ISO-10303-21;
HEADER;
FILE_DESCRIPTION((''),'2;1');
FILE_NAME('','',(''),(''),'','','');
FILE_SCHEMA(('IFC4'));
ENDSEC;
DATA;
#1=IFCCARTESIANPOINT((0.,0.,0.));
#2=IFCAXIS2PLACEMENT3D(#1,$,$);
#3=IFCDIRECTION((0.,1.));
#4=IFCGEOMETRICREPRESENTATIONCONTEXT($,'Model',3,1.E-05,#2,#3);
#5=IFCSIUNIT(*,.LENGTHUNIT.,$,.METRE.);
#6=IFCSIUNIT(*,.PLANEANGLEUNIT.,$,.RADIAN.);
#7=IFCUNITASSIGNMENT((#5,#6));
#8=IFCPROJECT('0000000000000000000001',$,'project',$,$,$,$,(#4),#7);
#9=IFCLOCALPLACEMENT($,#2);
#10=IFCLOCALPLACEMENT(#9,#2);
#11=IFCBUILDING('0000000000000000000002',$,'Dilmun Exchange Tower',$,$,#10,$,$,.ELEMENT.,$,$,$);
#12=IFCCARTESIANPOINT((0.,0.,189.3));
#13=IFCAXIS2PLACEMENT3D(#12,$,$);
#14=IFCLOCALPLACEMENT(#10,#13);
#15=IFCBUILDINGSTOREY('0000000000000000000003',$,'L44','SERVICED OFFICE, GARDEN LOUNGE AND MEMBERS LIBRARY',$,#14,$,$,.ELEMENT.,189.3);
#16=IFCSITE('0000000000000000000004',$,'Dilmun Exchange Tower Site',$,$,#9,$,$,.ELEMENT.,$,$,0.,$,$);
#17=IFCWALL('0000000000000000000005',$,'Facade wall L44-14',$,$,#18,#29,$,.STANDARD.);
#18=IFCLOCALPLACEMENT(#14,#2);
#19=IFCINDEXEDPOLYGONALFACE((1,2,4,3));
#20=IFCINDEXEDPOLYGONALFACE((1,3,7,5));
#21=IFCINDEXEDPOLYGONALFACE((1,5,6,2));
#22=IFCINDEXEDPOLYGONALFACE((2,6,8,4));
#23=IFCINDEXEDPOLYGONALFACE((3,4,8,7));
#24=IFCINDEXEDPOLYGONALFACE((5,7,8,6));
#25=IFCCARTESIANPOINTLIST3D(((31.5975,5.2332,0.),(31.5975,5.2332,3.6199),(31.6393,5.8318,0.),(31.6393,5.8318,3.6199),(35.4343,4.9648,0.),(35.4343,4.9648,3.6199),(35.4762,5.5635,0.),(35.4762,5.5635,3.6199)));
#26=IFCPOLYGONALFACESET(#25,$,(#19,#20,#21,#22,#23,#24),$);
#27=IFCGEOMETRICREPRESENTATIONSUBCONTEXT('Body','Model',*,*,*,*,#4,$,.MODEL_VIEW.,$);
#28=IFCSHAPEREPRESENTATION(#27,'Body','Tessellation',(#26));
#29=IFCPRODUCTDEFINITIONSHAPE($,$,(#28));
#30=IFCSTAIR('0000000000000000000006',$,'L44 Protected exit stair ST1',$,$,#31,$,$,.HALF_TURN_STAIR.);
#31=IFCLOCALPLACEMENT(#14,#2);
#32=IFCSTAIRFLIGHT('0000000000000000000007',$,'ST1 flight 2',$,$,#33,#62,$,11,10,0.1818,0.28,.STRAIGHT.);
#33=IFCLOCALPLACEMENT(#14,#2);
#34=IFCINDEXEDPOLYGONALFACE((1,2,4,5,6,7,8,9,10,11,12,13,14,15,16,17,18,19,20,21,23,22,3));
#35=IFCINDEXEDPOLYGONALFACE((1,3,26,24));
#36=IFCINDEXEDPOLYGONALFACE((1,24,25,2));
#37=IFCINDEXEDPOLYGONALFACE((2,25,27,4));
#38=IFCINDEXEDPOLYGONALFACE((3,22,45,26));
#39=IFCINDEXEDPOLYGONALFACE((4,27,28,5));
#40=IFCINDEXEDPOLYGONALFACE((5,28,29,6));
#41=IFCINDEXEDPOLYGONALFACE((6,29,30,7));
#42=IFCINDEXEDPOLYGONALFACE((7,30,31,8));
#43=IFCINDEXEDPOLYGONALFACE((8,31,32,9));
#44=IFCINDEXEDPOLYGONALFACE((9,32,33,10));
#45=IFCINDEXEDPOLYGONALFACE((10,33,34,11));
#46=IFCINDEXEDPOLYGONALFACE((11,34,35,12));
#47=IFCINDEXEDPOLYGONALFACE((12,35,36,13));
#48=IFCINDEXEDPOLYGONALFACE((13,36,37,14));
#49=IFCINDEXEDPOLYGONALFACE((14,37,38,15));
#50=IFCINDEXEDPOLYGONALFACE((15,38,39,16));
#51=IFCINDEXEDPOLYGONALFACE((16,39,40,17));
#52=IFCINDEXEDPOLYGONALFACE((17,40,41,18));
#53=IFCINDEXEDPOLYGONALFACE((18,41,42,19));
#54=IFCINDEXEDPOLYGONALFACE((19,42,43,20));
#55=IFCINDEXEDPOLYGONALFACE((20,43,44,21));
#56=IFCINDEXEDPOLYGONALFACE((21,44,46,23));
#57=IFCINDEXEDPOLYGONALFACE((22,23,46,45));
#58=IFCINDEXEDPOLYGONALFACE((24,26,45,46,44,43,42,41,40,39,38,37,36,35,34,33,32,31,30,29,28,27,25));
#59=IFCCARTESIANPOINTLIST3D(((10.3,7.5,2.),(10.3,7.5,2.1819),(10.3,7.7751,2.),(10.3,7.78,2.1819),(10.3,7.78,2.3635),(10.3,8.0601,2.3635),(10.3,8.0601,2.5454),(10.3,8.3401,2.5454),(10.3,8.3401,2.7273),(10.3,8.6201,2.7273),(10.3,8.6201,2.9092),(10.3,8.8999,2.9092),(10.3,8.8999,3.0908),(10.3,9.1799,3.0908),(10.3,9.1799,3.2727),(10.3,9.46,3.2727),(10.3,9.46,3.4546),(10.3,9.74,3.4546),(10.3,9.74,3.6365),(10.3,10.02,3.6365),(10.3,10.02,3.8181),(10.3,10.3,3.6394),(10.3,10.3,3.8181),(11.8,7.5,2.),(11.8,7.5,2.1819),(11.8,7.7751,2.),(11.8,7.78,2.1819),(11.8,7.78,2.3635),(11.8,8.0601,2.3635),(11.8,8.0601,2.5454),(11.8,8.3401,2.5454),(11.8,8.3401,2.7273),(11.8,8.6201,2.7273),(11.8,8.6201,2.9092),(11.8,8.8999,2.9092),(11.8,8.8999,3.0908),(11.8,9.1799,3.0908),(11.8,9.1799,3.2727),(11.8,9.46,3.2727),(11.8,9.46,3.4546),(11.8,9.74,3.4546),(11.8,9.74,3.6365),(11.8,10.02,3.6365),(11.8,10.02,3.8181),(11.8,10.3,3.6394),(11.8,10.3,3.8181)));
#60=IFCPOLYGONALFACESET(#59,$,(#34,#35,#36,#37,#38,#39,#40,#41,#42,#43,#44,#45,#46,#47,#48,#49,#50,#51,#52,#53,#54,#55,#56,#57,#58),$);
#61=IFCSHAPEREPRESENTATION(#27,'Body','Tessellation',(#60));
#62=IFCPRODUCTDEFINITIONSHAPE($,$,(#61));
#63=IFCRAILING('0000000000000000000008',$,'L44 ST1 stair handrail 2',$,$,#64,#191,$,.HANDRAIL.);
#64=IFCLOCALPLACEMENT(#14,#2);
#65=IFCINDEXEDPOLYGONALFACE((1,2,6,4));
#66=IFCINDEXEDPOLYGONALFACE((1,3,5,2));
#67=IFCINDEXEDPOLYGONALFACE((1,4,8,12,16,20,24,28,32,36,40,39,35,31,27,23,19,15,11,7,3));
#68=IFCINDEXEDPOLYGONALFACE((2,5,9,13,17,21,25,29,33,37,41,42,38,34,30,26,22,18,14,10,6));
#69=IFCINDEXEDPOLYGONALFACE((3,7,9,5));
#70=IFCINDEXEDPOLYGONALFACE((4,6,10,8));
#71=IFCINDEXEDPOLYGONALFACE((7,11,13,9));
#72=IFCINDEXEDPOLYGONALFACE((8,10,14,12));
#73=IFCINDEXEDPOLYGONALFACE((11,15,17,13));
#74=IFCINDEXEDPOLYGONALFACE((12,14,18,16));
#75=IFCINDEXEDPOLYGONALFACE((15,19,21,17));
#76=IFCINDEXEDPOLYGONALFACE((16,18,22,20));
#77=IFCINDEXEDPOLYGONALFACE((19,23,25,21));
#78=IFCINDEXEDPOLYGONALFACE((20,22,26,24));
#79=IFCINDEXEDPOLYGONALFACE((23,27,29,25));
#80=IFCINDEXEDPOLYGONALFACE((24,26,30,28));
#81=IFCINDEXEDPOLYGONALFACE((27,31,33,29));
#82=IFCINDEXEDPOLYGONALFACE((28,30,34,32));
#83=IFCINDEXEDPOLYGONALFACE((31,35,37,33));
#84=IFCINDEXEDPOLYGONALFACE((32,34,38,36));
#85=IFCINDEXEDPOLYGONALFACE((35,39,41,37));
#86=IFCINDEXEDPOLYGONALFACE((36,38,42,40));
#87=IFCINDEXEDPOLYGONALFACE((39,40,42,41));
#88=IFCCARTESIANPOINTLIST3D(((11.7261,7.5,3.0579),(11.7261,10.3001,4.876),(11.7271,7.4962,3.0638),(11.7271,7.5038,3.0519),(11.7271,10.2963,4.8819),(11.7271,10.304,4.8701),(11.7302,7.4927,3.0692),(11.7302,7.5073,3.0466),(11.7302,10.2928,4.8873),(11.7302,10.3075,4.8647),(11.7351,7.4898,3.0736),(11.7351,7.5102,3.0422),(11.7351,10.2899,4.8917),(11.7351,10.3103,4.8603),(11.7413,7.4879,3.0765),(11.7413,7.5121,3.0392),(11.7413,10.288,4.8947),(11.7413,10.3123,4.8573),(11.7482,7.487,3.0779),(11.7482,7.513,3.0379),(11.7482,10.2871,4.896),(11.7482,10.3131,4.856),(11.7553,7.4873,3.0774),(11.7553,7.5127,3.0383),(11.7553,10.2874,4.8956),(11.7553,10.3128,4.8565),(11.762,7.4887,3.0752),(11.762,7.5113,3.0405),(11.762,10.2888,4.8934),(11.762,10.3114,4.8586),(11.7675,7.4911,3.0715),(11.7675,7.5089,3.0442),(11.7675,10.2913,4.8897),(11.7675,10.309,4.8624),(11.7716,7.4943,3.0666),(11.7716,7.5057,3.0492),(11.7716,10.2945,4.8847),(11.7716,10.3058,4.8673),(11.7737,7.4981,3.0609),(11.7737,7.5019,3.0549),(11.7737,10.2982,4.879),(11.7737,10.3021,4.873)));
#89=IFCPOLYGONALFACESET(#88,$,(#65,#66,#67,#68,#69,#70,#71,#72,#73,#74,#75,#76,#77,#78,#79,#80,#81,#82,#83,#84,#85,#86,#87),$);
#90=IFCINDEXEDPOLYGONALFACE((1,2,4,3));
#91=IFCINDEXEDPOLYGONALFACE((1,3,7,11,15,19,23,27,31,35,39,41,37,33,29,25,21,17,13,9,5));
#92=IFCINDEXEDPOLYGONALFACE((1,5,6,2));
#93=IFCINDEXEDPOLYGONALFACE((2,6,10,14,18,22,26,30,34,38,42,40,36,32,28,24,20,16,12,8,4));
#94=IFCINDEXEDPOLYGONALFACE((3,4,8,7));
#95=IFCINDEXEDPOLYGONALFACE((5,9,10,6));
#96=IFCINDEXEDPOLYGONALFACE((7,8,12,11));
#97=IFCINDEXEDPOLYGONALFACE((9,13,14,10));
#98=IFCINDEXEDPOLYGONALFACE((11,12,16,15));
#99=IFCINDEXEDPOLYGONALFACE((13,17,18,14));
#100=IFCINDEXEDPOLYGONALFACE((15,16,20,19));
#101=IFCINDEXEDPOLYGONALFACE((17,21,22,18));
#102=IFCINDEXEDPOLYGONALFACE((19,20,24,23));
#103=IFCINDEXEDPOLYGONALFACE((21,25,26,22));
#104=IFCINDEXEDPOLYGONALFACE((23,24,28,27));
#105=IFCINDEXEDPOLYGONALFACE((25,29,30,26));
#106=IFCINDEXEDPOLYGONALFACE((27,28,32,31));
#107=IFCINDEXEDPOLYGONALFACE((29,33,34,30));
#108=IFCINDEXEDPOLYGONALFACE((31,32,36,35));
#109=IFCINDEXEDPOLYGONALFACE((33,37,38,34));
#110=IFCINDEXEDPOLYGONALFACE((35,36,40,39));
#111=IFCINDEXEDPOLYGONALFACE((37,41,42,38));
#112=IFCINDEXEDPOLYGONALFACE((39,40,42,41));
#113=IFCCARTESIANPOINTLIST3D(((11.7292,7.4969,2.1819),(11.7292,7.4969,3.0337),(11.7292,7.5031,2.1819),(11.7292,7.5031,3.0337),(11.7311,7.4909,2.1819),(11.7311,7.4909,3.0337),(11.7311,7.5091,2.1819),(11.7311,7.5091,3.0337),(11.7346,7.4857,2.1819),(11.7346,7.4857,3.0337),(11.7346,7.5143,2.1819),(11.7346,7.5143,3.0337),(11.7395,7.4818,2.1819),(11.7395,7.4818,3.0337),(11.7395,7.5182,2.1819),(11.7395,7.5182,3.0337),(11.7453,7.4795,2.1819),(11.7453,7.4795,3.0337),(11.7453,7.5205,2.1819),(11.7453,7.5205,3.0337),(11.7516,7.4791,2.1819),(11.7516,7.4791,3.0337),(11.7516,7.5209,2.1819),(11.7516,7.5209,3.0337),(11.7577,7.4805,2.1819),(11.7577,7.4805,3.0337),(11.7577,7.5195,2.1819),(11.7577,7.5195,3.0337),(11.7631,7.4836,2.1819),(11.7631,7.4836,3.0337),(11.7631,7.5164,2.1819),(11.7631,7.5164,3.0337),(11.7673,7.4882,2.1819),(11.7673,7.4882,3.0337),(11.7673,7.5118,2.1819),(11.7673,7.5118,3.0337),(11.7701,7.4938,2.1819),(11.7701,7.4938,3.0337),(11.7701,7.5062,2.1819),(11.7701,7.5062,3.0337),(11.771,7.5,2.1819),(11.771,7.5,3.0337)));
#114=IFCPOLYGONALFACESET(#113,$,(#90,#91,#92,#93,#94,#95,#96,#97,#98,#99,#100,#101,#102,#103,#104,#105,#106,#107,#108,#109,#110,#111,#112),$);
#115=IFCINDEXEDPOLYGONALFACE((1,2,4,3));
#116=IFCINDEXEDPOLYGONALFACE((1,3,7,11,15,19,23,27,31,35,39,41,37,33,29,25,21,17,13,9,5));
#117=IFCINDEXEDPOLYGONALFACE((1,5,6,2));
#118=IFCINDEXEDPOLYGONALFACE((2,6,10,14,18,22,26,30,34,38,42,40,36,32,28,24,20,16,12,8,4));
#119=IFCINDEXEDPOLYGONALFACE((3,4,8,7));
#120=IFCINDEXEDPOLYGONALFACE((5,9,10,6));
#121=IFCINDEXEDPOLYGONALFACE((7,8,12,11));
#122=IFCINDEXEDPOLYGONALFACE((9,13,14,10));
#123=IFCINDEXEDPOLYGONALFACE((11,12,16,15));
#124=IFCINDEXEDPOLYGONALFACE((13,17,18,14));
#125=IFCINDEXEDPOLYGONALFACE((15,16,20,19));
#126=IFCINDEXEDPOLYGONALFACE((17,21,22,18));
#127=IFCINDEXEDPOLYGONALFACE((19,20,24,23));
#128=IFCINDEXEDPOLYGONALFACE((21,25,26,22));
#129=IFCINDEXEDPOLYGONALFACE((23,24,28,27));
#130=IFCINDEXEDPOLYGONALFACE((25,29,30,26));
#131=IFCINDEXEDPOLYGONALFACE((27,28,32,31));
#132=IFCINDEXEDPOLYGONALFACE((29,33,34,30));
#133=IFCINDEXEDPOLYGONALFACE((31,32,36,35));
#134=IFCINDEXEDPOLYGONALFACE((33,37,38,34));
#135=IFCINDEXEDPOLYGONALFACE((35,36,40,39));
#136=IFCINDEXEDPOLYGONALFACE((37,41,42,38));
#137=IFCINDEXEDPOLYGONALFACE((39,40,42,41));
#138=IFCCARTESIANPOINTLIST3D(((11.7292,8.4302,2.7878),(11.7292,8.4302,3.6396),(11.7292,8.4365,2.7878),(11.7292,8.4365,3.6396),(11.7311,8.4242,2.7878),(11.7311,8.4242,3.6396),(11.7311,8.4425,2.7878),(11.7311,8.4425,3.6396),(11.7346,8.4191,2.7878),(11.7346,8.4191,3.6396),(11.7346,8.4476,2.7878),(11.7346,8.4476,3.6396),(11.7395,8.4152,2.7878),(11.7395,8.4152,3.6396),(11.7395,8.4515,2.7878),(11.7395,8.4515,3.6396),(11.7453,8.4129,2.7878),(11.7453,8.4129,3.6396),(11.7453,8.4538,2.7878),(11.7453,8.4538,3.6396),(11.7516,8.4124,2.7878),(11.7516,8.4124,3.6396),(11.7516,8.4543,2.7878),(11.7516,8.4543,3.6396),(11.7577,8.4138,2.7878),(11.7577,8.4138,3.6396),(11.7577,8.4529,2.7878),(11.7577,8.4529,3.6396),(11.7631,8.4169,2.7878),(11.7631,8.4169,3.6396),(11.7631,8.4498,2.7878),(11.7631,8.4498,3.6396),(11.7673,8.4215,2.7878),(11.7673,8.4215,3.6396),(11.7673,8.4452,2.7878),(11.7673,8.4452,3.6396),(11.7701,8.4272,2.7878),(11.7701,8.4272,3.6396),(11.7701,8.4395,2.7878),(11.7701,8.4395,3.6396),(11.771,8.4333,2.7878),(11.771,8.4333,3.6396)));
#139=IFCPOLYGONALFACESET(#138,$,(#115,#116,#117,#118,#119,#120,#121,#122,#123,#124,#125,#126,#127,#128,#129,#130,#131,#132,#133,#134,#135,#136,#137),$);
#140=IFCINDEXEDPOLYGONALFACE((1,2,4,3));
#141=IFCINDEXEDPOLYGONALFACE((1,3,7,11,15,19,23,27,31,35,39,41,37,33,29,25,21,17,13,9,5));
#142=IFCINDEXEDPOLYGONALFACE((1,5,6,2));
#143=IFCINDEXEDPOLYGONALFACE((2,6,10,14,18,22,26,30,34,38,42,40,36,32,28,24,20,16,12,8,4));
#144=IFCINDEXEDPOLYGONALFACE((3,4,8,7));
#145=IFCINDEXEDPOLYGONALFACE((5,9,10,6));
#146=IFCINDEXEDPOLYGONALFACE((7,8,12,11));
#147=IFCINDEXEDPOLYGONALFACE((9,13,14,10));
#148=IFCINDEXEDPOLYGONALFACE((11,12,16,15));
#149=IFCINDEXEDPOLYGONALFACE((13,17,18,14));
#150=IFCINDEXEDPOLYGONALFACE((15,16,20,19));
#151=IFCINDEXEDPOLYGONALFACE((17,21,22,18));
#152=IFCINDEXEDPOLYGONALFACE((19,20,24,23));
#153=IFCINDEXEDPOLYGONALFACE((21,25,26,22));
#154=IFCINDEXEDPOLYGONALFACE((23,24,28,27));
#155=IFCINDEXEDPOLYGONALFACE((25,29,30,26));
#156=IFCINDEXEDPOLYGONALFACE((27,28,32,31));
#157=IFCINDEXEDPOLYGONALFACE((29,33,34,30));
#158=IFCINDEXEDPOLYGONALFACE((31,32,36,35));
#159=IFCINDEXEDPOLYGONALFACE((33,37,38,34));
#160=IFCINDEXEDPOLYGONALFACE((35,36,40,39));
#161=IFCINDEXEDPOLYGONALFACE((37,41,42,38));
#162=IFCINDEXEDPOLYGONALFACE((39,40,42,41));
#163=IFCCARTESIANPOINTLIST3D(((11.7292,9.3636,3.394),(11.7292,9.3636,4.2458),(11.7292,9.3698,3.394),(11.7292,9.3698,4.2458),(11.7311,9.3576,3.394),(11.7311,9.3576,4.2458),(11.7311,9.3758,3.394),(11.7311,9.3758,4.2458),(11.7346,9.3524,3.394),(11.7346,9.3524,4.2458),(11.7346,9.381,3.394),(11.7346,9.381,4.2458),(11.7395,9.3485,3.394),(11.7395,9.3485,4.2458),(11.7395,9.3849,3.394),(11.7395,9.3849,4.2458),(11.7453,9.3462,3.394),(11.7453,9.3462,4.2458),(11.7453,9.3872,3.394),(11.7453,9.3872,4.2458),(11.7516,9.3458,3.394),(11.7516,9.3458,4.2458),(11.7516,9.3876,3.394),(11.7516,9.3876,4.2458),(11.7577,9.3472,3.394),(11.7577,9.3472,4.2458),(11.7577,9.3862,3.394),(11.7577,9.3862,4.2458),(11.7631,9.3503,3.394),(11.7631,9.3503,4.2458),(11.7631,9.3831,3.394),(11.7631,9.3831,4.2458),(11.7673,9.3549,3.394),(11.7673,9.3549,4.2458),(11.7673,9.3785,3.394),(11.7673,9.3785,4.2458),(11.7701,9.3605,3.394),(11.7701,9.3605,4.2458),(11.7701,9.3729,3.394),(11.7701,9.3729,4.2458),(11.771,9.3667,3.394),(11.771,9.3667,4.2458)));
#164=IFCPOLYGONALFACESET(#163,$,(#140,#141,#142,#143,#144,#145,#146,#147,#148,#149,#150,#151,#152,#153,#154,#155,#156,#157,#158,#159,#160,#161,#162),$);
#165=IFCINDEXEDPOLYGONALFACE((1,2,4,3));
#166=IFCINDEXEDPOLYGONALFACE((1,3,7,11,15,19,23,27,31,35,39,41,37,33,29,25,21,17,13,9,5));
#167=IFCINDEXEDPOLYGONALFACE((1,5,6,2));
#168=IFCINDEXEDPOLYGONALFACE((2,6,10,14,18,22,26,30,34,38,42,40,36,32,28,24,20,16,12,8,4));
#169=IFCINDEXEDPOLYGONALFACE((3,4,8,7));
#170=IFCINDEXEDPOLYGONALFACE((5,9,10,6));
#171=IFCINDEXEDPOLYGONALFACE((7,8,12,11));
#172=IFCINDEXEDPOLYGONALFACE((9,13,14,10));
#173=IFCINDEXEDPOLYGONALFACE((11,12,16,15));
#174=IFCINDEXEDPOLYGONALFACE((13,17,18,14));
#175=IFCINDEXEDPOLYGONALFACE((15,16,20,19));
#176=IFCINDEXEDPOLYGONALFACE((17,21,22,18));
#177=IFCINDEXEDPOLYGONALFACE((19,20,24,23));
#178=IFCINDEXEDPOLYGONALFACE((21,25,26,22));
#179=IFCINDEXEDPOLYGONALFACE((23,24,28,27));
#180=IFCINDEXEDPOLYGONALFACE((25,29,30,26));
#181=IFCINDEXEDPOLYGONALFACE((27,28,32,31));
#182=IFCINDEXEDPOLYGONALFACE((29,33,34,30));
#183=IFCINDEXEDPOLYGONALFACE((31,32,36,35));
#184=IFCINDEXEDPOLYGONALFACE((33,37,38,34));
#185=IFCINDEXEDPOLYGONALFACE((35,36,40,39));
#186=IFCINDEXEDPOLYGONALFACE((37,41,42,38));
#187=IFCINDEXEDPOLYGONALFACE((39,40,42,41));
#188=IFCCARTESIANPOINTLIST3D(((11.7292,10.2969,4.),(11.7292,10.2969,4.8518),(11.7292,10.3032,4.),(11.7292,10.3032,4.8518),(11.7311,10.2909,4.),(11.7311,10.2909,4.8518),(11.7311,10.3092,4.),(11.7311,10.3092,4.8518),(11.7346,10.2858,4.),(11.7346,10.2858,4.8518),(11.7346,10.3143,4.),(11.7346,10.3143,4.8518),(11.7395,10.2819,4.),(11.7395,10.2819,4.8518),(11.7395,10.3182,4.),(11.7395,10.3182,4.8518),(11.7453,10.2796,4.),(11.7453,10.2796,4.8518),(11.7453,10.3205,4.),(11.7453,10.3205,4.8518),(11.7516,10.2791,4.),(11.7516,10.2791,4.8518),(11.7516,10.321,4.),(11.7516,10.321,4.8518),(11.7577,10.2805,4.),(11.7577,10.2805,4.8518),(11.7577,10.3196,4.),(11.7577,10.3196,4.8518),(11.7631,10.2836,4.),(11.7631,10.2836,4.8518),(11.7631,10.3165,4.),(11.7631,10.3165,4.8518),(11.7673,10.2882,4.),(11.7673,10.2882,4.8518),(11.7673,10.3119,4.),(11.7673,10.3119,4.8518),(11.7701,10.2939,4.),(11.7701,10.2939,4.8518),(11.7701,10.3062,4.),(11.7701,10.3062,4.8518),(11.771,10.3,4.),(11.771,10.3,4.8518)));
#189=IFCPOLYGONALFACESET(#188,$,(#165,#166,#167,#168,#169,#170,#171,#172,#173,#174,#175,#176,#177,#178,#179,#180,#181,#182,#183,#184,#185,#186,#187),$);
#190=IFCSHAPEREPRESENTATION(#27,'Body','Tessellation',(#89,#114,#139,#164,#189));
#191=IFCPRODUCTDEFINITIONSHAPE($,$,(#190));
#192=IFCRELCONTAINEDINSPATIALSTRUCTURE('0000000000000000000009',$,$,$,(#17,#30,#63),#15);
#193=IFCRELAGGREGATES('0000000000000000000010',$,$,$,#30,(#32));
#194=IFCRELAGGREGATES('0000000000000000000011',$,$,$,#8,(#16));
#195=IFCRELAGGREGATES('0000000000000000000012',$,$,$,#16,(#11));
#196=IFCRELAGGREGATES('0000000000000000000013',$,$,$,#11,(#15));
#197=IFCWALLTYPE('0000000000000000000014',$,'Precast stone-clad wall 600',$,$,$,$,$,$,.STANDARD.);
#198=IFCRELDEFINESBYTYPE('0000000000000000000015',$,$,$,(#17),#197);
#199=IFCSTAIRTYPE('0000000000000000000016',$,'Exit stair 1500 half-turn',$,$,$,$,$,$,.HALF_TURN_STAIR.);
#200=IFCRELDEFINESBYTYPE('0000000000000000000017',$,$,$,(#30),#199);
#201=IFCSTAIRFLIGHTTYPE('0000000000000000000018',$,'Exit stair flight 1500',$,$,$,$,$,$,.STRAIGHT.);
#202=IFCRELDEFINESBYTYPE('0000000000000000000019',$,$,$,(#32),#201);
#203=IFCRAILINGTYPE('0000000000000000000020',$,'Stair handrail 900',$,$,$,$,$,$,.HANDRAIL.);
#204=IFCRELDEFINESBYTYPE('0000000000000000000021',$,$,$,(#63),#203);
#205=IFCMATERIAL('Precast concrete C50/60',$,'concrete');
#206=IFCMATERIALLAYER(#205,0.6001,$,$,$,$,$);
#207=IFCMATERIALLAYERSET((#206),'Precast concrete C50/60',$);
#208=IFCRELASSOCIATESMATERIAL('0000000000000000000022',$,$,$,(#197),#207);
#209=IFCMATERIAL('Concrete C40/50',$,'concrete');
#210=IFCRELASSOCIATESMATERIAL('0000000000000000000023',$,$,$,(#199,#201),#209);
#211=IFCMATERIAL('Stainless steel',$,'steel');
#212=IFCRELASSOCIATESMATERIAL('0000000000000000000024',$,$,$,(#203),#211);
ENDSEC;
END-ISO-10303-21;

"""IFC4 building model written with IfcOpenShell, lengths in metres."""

from ifc_helpers import new_model, si_unit, direction, frame, frame_2d, origin, origin_2d, place, context, subcontext, project, spatial, polyline, rectangle, circle, outline, extrude, material, layer, layer_set, type_object, element, aggregate, save


model = new_model("IFC4")

# Units and contexts
model_context = context("Model", 3, precision=1e-05, world=origin(), true_north=direction((0.0, 1.0)))
body_context = subcontext(model_context, "Body", "Model", "MODEL_VIEW")
ifc_project = project(units=[si_unit("LENGTHUNIT", "METRE"), si_unit("PLANEANGLEUNIT", "RADIAN")], contexts=[model_context])

# Site, building, storey
site_placement = place(None, origin())
site = spatial("IfcSite", under=ifc_project, at=site_placement, Name="Dilmun Exchange Tower Site", CompositionType="ELEMENT", RefElevation=0.0)
building_placement = place(site_placement, origin())
building = spatial("IfcBuilding", under=site, at=building_placement, Name="Dilmun Exchange Tower", CompositionType="ELEMENT")
storey_placement = place(building_placement, frame((0.0, 0.0, 189.3)))
storey = spatial("IfcBuildingStorey", under=building, at=storey_placement, Name="L44", Description="SERVICED OFFICE, GARDEN LOUNGE AND MEMBERS LIBRARY", CompositionType="ELEMENT", Elevation=189.3)

# Shared definitions
ifc_material_1 = material(Name="Concrete C40/50", Category="concrete")

# Shared definitions
ifc_material_2 = material(Name="Precast concrete C50/60", Category="concrete")
ifc_layer_1 = layer(ifc_material_2, 0.6001)
ifc_layer_set_1 = layer_set([ifc_layer_1], Name="Precast concrete C50/60")
wall_type_1 = type_object("IfcWallType", Name="Precast stone-clad wall 600", PredefinedType="STANDARD", material=ifc_layer_set_1)

# Wall
wall_1_placement = place(storey_placement, frame((31.6184, 5.5325, 0.0), z_axis=(0.0, 0.0, 1.0), x_axis=(0.997564, -0.069758, 0.0)))
element("IfcWall", 1, at=wall_1_placement, inside=storey, type_object=wall_type_1, Name="Facade wall L44-14", PredefinedType="STANDARD", context=body_context, shape_type="SweptSolid", body=[
    extrude(rectangle(XDim=3.8462, YDim=0.6001, at=frame_2d((1.9231, 0.0))), origin(), (0.0, 0.0, 1.0), 3.6199),
])

# Stair, stair flight
stair_type = type_object("IfcStairType", Name="Exit stair 1500 half-turn", PredefinedType="HALF_TURN_STAIR", material=ifc_material_1)
stair_placement = place(storey_placement, origin())
stair = element("IfcStair", 2, at=stair_placement, inside=storey, type_object=stair_type, Name="L44 Protected exit stair ST1", PredefinedType="HALF_TURN_STAIR")
stair_flight_type = type_object("IfcStairFlightType", Name="Exit stair flight 1500", PredefinedType="STRAIGHT", material=ifc_material_1)
stair_flight_placement = place(storey_placement, frame((11.05, 7.5, 2.0), z_axis=(0.0, 0.0, 1.0), x_axis=(0.0, 1.0, 0.0)))
stair_flight = element("IfcStairFlight", 3, at=stair_flight_placement, type_object=stair_flight_type, Name="ST1 flight 2", NumberOfRisers=11, NumberOfTreads=10, PredefinedType="STRAIGHT", RiserHeight=0.1818, TreadLength=0.28, context=body_context, shape_type="SweptSolid", body=[
    extrude(outline(polyline([(0.0, 0.0), (0.0, 0.1819), (0.28, 0.1819), (0.28, 0.3635), (0.5601, 0.3635), (0.5601, 0.5454), (0.8401, 0.5454), (0.8401, 0.7273), (1.1201, 0.7273), (1.1201, 0.9092), (1.3999, 0.9092), (1.3999, 1.0908), (1.6799, 1.0908), (1.6799, 1.2727), (1.96, 1.2727), (1.96, 1.4546), (2.24, 1.4546), (2.24, 1.6365), (2.52, 1.6365), (2.52, 1.8181), (2.8, 1.8181), (2.8, 2.0), (2.8, 1.6394), (0.2751, 0.0), (0.0, 0.0)])), frame((0.0, 0.75, 0.0), z_axis=(0.0, -1.0, 0.0), x_axis=(1.0, 0.0, 0.0)), (0.0, 0.0, 1.0), 1.5),
])
aggregate(stair, [stair_flight])

# Railing
ifc_material_3 = material(Name="Stainless steel", Category="steel")
railing_type = type_object("IfcRailingType", Name="Stair handrail 900", PredefinedType="HANDRAIL", material=ifc_material_3)
railing_placement = place(storey_placement, frame((11.75, 7.5, 2.1819)))
element("IfcRailing", 4, at=railing_placement, inside=storey, type_object=railing_type, Name="L44 ST1 stair handrail 2", PredefinedType="HANDRAIL", context=body_context, shape_type="SweptSolid", body=[
    extrude(circle(Radius=0.0239, at=origin_2d()), frame((0.0, 0.0, 0.876), z_axis=(0.0, 0.838706, 0.544585), x_axis=(-1.0, 0.0, 0.0)), (0.0, 0.0, 1.0), 3.3386),
    extrude(circle(Radius=0.021, at=origin_2d()), origin(), (0.0, 0.0, 1.0), 0.8518),
    extrude(circle(Radius=0.021, at=origin_2d()), frame((0.0, 0.9333, 0.606)), (0.0, 0.0, 1.0), 0.8518),
    extrude(circle(Radius=0.021, at=origin_2d()), frame((0.0, 1.8667, 1.2122)), (0.0, 0.0, 1.0), 0.8518),
    extrude(circle(Radius=0.021, at=origin_2d()), frame((0.0, 2.8, 1.8181)), (0.0, 0.0, 1.0), 0.8518),
])

save(model, "model.ifc")
